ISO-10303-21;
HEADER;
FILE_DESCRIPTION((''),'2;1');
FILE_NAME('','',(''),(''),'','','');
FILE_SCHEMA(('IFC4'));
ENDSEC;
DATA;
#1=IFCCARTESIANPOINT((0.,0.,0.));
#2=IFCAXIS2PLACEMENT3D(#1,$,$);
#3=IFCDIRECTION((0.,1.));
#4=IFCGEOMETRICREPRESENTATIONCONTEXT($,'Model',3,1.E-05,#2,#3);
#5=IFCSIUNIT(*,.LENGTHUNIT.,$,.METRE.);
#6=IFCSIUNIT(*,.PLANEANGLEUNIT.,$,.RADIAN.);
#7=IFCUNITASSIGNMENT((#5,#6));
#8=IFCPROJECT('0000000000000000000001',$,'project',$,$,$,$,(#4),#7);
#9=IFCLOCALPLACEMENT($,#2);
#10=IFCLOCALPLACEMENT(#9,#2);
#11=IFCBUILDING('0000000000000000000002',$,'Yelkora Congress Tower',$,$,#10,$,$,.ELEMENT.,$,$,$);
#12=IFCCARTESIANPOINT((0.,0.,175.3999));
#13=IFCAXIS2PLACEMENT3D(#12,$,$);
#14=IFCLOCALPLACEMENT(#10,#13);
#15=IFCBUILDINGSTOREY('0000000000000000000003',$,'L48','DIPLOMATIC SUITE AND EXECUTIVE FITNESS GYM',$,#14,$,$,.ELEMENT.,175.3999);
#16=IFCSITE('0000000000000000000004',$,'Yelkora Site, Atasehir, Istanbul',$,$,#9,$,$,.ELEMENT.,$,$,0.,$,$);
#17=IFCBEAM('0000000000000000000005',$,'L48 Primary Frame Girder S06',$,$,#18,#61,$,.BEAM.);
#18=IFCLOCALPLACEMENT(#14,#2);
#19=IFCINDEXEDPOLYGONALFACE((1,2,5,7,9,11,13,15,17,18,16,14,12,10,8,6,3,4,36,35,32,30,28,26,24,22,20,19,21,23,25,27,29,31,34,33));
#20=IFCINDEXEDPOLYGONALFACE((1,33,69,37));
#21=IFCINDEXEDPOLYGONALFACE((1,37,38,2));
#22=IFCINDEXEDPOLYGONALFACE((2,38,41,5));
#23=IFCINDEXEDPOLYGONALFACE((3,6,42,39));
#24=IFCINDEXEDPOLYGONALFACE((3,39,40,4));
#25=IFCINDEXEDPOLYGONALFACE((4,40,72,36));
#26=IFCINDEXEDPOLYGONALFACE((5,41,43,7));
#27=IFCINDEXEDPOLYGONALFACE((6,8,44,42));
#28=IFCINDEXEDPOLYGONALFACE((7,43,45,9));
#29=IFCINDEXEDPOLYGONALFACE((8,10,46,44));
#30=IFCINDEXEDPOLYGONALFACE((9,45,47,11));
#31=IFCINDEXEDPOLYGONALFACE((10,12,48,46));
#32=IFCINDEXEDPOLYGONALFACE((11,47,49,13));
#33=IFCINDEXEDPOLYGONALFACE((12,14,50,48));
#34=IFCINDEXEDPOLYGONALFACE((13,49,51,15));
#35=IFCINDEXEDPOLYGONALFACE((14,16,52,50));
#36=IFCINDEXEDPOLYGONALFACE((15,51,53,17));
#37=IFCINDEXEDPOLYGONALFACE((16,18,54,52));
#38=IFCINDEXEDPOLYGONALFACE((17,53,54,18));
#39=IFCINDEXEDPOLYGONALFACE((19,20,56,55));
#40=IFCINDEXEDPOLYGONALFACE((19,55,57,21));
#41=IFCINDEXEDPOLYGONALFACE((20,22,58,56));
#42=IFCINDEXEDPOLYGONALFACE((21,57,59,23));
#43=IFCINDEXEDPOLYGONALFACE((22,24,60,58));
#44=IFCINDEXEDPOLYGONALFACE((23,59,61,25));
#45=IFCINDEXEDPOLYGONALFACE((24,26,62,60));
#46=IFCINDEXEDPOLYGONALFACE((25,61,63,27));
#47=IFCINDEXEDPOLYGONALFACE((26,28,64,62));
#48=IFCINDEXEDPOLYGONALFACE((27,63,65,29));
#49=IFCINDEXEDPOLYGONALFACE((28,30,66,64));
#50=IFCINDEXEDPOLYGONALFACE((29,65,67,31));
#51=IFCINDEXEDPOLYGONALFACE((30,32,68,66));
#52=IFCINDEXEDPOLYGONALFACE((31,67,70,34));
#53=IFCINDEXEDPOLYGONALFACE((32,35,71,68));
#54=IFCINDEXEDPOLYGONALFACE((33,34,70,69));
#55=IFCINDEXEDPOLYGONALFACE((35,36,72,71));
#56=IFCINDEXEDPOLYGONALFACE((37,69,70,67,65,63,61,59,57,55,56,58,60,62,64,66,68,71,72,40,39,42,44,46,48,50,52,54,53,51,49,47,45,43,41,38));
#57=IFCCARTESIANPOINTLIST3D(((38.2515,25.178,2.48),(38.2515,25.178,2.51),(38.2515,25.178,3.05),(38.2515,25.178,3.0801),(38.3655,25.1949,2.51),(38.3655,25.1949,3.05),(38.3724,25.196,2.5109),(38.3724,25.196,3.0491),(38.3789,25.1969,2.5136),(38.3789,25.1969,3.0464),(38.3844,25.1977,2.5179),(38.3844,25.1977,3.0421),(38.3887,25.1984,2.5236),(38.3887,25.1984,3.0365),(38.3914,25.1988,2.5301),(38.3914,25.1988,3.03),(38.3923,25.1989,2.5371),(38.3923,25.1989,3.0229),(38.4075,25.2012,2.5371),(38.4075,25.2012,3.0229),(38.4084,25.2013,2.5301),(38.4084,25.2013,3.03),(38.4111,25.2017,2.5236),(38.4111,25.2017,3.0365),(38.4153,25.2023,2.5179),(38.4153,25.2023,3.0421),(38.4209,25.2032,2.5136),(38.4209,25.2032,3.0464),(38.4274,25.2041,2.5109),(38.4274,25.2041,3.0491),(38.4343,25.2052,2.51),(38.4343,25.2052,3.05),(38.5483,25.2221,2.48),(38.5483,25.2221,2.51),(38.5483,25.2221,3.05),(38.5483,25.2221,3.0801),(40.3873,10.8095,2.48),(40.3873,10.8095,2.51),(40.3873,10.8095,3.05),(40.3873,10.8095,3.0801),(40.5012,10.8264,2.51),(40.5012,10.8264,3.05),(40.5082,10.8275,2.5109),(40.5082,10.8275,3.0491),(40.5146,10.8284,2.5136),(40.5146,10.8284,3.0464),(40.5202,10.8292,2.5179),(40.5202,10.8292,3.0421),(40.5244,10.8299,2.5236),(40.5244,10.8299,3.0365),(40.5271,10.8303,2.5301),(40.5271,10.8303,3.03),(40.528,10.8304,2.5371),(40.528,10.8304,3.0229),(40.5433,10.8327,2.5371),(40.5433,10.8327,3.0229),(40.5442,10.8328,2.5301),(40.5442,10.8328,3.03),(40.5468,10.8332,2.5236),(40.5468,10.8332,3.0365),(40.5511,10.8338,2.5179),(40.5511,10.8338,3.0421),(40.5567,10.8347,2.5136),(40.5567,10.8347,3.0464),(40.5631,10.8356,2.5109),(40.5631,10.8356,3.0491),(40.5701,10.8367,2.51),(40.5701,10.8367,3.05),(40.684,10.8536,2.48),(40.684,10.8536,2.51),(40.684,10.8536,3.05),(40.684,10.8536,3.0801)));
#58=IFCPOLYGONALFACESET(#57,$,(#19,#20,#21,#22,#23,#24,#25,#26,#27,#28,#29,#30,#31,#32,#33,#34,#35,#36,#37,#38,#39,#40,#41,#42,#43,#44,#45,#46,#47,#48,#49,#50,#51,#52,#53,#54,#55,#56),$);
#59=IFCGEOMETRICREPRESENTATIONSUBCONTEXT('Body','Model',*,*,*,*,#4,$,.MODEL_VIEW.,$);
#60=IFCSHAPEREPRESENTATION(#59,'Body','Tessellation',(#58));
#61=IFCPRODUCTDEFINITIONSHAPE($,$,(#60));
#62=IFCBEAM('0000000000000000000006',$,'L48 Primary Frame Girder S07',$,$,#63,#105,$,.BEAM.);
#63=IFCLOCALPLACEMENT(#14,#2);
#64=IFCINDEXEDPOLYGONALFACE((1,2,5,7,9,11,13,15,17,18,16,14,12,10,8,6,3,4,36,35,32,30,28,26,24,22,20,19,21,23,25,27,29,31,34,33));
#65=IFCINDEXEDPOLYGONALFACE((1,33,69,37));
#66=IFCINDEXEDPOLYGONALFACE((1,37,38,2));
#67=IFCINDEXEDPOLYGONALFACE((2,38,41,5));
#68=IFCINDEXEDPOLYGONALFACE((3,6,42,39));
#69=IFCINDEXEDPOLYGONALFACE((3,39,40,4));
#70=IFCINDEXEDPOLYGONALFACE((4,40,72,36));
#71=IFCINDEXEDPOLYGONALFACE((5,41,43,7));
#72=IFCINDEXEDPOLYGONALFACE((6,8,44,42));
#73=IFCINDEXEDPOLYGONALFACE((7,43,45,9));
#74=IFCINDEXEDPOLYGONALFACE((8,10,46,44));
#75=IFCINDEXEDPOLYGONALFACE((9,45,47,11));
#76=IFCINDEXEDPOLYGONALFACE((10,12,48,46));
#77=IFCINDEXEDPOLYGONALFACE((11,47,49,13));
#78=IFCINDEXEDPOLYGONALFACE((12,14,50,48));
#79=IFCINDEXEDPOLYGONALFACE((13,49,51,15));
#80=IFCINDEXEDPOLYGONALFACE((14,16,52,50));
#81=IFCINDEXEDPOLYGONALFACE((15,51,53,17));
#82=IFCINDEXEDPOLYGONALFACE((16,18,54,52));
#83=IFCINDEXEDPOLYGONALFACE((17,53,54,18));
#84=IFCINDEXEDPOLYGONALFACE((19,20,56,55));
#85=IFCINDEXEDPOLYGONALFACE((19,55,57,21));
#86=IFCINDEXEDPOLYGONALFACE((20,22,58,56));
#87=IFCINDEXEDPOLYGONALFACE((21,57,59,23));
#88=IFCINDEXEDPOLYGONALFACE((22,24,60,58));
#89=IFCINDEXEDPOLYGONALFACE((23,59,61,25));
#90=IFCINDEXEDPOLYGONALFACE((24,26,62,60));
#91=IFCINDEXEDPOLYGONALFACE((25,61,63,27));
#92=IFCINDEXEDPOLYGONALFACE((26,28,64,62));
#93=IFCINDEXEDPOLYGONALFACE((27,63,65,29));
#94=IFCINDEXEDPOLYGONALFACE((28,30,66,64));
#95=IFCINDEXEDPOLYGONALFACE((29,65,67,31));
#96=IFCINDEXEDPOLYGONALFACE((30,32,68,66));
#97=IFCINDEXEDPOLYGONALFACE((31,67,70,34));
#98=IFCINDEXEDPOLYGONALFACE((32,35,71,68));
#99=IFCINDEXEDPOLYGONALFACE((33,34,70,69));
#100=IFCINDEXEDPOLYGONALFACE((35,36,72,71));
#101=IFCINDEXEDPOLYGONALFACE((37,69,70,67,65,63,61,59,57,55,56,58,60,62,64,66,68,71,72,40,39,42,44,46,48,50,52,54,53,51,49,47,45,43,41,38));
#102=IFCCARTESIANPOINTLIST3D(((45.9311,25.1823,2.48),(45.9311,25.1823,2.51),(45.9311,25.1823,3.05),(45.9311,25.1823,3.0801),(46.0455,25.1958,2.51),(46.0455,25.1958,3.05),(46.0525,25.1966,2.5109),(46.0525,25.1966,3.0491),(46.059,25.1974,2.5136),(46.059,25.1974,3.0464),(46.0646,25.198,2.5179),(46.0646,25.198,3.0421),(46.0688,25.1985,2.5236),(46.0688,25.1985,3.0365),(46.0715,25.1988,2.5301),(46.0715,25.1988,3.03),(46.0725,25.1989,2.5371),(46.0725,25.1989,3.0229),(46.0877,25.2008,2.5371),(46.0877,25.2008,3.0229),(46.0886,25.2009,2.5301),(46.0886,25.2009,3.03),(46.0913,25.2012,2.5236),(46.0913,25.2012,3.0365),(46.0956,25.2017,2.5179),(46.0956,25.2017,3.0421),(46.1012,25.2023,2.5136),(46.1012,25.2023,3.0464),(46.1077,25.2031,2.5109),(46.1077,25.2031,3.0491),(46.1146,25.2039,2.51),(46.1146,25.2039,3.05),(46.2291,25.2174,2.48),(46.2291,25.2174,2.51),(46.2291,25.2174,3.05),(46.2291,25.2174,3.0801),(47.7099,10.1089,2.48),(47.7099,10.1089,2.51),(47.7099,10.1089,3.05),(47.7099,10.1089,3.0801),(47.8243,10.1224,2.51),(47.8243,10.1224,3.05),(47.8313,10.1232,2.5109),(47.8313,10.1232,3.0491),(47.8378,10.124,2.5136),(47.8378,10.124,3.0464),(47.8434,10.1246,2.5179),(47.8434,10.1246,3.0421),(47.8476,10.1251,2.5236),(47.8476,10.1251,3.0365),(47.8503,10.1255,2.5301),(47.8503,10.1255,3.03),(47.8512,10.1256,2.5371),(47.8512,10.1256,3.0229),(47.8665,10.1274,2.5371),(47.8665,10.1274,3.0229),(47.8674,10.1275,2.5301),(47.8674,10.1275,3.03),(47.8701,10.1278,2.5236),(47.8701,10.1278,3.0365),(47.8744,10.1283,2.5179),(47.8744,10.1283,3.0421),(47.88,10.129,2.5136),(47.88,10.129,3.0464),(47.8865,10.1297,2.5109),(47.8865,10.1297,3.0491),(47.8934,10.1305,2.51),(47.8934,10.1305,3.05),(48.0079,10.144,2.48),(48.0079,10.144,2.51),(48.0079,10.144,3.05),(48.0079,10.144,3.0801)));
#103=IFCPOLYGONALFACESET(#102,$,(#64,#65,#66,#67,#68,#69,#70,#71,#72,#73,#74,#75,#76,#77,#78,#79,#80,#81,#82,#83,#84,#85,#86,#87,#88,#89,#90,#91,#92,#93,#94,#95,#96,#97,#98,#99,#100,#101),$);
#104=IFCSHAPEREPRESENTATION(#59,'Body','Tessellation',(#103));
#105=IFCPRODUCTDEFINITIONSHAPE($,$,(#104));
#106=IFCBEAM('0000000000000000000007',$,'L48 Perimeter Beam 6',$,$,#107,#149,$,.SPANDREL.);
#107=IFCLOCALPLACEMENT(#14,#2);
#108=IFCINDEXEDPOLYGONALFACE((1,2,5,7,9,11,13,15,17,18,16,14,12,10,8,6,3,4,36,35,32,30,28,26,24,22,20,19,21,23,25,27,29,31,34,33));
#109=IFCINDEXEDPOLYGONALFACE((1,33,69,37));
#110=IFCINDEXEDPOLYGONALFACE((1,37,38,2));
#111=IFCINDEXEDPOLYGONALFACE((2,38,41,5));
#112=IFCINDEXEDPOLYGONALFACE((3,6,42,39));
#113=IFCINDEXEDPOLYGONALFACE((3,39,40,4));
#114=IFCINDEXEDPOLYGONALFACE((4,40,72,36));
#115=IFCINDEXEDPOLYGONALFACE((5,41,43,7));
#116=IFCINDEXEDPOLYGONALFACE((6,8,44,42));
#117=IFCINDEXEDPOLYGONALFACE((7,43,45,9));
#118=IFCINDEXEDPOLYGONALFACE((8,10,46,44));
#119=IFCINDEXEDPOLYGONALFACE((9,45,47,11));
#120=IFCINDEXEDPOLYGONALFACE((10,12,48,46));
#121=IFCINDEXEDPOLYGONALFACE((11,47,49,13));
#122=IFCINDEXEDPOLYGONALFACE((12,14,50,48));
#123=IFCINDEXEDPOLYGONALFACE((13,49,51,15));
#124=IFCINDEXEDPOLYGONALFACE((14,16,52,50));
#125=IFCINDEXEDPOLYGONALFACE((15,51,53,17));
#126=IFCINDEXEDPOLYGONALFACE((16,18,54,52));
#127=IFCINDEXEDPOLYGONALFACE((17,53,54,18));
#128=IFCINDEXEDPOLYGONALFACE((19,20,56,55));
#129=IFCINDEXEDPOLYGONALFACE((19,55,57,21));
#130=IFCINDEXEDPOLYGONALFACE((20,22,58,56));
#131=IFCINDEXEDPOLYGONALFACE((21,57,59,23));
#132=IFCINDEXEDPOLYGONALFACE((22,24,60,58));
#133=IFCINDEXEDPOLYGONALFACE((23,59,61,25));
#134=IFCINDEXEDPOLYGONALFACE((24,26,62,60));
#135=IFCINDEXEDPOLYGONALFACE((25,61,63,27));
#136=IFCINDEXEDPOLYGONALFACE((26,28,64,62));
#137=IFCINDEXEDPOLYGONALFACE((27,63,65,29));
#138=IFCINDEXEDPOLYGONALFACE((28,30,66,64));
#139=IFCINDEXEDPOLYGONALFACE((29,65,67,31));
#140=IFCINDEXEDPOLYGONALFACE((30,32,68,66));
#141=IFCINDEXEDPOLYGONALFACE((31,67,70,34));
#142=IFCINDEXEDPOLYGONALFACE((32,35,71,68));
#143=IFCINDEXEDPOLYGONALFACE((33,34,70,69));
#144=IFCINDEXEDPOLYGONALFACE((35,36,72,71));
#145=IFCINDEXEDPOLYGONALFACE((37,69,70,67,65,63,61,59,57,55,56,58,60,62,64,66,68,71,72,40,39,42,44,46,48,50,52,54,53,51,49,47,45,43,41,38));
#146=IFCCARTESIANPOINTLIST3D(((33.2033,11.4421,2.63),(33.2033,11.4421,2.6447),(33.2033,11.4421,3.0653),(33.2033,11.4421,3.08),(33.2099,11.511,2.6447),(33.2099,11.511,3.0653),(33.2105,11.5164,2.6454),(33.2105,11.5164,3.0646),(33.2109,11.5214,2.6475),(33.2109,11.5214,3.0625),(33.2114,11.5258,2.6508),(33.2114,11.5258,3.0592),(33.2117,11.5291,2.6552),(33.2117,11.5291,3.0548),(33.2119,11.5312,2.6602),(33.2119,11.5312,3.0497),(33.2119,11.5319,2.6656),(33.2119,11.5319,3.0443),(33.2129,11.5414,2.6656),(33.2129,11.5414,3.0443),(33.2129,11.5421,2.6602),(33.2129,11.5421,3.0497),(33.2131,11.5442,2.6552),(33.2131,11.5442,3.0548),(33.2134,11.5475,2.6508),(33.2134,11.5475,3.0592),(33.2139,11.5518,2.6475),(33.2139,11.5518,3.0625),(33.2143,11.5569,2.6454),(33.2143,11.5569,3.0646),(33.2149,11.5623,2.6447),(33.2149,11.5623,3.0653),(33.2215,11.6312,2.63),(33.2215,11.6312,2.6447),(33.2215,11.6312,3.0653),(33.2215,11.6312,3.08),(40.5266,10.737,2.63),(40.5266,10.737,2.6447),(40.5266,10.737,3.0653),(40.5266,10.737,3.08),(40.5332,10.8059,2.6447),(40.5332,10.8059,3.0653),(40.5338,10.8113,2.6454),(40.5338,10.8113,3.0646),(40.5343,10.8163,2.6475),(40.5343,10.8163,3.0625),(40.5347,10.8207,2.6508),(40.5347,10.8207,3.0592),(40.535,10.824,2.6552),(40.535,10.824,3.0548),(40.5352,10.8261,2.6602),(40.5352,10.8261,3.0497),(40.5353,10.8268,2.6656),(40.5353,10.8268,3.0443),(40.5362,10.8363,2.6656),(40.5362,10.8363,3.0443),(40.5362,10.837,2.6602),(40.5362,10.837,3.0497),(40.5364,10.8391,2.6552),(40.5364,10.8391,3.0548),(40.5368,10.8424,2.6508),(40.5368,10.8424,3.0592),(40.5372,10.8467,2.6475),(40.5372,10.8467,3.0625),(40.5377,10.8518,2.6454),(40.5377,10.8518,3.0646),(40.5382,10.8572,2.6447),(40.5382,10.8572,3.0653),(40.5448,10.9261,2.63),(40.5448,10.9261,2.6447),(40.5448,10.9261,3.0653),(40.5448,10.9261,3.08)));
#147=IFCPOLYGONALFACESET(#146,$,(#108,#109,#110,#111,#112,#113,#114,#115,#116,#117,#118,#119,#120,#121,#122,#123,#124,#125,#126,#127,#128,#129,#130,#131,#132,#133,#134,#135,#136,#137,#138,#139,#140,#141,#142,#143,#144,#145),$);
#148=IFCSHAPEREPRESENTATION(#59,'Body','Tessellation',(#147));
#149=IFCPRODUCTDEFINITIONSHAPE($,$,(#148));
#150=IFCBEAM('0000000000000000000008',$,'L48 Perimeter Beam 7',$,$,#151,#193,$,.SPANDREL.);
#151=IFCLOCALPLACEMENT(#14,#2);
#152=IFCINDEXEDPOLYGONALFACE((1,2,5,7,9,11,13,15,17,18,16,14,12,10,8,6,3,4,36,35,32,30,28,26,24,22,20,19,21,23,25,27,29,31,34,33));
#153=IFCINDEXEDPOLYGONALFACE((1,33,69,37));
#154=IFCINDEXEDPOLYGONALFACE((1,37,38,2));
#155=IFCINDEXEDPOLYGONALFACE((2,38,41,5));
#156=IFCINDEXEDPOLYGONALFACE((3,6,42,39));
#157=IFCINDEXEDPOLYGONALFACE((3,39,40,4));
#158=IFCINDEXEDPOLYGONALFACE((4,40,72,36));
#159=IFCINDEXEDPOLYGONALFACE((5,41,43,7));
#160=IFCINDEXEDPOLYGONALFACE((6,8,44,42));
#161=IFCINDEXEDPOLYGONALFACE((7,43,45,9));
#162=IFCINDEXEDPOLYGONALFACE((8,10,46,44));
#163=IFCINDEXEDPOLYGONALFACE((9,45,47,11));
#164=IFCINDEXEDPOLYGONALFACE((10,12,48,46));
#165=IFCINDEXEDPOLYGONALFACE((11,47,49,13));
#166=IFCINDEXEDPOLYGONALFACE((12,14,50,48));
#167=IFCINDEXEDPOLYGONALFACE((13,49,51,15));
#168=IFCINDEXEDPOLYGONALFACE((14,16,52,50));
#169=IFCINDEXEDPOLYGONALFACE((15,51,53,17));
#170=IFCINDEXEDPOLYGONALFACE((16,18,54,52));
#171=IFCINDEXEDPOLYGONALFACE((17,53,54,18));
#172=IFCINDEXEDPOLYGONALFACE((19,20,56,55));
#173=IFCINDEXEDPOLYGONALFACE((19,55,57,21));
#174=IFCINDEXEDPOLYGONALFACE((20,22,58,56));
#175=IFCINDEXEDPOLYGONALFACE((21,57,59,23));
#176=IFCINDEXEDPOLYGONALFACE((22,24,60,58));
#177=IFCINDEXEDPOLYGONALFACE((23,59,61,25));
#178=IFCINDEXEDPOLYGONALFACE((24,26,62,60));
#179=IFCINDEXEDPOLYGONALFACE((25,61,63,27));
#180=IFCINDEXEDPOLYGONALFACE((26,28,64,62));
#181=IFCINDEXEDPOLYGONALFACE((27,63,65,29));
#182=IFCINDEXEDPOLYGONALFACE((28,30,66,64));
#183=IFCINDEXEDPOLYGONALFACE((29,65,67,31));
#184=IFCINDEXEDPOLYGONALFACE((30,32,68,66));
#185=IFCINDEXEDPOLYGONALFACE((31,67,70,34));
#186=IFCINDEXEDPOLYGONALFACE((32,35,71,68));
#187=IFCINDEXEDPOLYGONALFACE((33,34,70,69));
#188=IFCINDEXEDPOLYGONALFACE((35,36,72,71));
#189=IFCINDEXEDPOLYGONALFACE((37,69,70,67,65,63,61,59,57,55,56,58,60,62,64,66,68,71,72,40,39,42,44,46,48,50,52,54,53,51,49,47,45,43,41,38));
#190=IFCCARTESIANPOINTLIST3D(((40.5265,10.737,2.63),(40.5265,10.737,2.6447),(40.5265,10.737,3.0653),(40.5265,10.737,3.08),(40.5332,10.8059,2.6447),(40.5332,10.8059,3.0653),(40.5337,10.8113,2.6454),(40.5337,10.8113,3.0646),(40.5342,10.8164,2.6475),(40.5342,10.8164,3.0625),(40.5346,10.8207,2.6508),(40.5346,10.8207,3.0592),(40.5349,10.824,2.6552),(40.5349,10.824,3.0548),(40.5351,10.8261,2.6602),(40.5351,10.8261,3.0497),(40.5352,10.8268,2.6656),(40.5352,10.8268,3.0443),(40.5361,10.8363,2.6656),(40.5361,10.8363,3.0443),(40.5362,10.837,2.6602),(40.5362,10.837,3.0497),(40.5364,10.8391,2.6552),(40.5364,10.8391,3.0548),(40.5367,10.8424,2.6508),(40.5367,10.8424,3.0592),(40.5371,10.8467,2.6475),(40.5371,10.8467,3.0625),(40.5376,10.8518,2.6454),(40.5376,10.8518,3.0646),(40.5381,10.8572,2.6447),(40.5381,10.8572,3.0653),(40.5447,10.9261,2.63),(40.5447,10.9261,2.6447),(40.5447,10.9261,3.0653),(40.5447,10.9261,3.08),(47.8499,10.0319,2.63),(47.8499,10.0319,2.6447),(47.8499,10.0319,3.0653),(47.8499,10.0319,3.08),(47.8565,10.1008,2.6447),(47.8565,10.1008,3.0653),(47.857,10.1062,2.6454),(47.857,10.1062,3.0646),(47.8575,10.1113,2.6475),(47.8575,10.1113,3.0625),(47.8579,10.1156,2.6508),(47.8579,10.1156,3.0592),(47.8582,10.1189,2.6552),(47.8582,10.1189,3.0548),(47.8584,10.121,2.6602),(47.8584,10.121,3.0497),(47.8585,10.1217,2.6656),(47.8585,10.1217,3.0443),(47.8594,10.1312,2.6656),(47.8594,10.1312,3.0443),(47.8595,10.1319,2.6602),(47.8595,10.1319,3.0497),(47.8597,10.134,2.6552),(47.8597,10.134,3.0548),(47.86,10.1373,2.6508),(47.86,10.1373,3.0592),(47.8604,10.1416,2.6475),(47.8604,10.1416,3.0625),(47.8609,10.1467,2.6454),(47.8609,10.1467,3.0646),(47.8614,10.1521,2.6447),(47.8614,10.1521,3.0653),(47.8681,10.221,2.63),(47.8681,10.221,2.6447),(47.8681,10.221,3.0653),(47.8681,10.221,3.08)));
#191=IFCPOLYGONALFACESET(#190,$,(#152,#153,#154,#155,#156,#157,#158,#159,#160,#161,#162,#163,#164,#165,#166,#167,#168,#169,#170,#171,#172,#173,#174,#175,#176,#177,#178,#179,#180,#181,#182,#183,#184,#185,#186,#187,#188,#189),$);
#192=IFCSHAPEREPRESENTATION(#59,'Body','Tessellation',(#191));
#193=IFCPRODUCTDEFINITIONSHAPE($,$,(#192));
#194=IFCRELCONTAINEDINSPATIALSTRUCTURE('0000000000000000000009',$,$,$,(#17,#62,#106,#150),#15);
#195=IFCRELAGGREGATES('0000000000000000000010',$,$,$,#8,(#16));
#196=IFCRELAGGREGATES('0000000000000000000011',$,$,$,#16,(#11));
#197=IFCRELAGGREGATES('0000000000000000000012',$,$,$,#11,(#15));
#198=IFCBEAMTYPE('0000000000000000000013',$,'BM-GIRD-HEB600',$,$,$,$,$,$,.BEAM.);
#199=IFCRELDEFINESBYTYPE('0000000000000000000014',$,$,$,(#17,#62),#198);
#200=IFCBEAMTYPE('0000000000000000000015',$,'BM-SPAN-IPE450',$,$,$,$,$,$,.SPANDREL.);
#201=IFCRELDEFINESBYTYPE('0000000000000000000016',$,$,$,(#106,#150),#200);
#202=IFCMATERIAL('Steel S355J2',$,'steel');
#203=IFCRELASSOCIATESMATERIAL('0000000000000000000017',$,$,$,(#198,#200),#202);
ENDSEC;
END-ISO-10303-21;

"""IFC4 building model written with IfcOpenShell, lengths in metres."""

from ifc_helpers import new_model, si_unit, direction, frame, origin, origin_2d, place, context, subcontext, project, spatial, i_section, extrude, material, material_profile, profile_set, type_object, element, save


model = new_model("IFC4")

# Units and contexts
model_context = context("Model", 3, precision=1e-05, world=origin(), true_north=direction((0.0, 1.0)))
body_context = subcontext(model_context, "Body", "Model", "MODEL_VIEW")
ifc_project = project(units=[si_unit("LENGTHUNIT", "METRE"), si_unit("PLANEANGLEUNIT", "RADIAN")], contexts=[model_context])

# Site, building, storey
site_placement = place(None, origin())
site = spatial("IfcSite", under=ifc_project, at=site_placement, Name="Yelkora Site, Atasehir, Istanbul", CompositionType="ELEMENT", RefElevation=0.0)
building_placement = place(site_placement, origin())
building = spatial("IfcBuilding", under=site, at=building_placement, Name="Yelkora Congress Tower", CompositionType="ELEMENT")
storey_placement = place(building_placement, frame((0.0, 0.0, 175.3999)))
storey = spatial("IfcBuildingStorey", under=building, at=storey_placement, Name="L48", Description="DIPLOMATIC SUITE AND EXECUTIVE FITNESS GYM", CompositionType="ELEMENT", Elevation=175.3999)

# Beams
ifc_material_1 = material(Name="Steel S355J2", Category="steel")
ifc_material_profile_1 = material_profile(ifc_material_1, i_section(OverallWidth=0.3, OverallDepth=0.6001, WebThickness=0.0154, FlangeThickness=0.03, FilletRadius=0.0271, at=origin_2d()), Name="HEB 600")
ifc_profile_set_1 = profile_set([ifc_material_profile_1], Name="Steel S355J2")
beam_type_1 = type_object("IfcBeamType", Name="BM-GIRD-HEB600", PredefinedType="BEAM", material=ifc_profile_set_1)
beam_1_placement = place(storey_placement, frame((40.5356, 10.8315, 2.78), z_axis=(-0.147026, 0.989133, 0.0), x_axis=(-0.989133, -0.147026, 0.0)))
element("IfcBeam", 1, at=beam_1_placement, inside=storey, type_object=beam_type_1, Name="L48 Primary Frame Girder S06", PredefinedType="BEAM", context=body_context, shape_type="SweptSolid", body=[
    extrude(i_section(OverallWidth=0.3, OverallDepth=0.6001, WebThickness=0.0154, FlangeThickness=0.03, FilletRadius=0.0271, at=origin_2d()), origin(), (0.0, 0.0, 1.0), 14.5264),
])
beam_2_placement = place(storey_placement, frame((47.8589, 10.1265, 2.78), z_axis=(-0.117196, 0.993109, 0.0), x_axis=(-0.993109, -0.117196, 0.0)))
element("IfcBeam", 2, at=beam_2_placement, inside=storey, type_object=beam_type_1, Name="L48 Primary Frame Girder S07", PredefinedType="BEAM", context=body_context, shape_type="SweptSolid", body=[
    extrude(i_section(OverallWidth=0.3, OverallDepth=0.6001, WebThickness=0.0154, FlangeThickness=0.03, FilletRadius=0.0271, at=origin_2d()), origin(), (0.0, 0.0, 1.0), 15.178),
])
ifc_material_profile_2 = material_profile(ifc_material_1, i_section(OverallWidth=0.1899, OverallDepth=0.45, WebThickness=0.0095, FlangeThickness=0.0146, FilletRadius=0.021, at=origin_2d()), Name="IPE 450")
ifc_profile_set_2 = profile_set([ifc_material_profile_2], Name="Steel S355J2")
beam_type_2 = type_object("IfcBeamType", Name="BM-SPAN-IPE450", PredefinedType="SPANDREL", material=ifc_profile_set_2)
for number, where, z_axis, x_axis, name in (
    (3, (33.2124, 11.5366, 2.855), (0.995397, -0.095836, 0.0), (0.095836, 0.995397, 0.0), "L48 Perimeter Beam 6"),
    (4, (40.5356, 10.8315, 2.855), (0.995397, -0.095836, 0.0), (0.095836, 0.995397, 0.0), "L48 Perimeter Beam 7"),
):
    element("IfcBeam", number, at=place(storey_placement, frame(where, z_axis=z_axis, x_axis=x_axis)), inside=storey, type_object=beam_type_2, Name=name, PredefinedType="SPANDREL", context=body_context, shape_type="SweptSolid", body=[
        extrude(i_section(OverallWidth=0.1899, OverallDepth=0.45, WebThickness=0.0095, FlangeThickness=0.0146, FilletRadius=0.021, at=origin_2d()), origin(), (0.0, 0.0, 1.0), 7.3572),
    ])

save(model, "model.ifc")
